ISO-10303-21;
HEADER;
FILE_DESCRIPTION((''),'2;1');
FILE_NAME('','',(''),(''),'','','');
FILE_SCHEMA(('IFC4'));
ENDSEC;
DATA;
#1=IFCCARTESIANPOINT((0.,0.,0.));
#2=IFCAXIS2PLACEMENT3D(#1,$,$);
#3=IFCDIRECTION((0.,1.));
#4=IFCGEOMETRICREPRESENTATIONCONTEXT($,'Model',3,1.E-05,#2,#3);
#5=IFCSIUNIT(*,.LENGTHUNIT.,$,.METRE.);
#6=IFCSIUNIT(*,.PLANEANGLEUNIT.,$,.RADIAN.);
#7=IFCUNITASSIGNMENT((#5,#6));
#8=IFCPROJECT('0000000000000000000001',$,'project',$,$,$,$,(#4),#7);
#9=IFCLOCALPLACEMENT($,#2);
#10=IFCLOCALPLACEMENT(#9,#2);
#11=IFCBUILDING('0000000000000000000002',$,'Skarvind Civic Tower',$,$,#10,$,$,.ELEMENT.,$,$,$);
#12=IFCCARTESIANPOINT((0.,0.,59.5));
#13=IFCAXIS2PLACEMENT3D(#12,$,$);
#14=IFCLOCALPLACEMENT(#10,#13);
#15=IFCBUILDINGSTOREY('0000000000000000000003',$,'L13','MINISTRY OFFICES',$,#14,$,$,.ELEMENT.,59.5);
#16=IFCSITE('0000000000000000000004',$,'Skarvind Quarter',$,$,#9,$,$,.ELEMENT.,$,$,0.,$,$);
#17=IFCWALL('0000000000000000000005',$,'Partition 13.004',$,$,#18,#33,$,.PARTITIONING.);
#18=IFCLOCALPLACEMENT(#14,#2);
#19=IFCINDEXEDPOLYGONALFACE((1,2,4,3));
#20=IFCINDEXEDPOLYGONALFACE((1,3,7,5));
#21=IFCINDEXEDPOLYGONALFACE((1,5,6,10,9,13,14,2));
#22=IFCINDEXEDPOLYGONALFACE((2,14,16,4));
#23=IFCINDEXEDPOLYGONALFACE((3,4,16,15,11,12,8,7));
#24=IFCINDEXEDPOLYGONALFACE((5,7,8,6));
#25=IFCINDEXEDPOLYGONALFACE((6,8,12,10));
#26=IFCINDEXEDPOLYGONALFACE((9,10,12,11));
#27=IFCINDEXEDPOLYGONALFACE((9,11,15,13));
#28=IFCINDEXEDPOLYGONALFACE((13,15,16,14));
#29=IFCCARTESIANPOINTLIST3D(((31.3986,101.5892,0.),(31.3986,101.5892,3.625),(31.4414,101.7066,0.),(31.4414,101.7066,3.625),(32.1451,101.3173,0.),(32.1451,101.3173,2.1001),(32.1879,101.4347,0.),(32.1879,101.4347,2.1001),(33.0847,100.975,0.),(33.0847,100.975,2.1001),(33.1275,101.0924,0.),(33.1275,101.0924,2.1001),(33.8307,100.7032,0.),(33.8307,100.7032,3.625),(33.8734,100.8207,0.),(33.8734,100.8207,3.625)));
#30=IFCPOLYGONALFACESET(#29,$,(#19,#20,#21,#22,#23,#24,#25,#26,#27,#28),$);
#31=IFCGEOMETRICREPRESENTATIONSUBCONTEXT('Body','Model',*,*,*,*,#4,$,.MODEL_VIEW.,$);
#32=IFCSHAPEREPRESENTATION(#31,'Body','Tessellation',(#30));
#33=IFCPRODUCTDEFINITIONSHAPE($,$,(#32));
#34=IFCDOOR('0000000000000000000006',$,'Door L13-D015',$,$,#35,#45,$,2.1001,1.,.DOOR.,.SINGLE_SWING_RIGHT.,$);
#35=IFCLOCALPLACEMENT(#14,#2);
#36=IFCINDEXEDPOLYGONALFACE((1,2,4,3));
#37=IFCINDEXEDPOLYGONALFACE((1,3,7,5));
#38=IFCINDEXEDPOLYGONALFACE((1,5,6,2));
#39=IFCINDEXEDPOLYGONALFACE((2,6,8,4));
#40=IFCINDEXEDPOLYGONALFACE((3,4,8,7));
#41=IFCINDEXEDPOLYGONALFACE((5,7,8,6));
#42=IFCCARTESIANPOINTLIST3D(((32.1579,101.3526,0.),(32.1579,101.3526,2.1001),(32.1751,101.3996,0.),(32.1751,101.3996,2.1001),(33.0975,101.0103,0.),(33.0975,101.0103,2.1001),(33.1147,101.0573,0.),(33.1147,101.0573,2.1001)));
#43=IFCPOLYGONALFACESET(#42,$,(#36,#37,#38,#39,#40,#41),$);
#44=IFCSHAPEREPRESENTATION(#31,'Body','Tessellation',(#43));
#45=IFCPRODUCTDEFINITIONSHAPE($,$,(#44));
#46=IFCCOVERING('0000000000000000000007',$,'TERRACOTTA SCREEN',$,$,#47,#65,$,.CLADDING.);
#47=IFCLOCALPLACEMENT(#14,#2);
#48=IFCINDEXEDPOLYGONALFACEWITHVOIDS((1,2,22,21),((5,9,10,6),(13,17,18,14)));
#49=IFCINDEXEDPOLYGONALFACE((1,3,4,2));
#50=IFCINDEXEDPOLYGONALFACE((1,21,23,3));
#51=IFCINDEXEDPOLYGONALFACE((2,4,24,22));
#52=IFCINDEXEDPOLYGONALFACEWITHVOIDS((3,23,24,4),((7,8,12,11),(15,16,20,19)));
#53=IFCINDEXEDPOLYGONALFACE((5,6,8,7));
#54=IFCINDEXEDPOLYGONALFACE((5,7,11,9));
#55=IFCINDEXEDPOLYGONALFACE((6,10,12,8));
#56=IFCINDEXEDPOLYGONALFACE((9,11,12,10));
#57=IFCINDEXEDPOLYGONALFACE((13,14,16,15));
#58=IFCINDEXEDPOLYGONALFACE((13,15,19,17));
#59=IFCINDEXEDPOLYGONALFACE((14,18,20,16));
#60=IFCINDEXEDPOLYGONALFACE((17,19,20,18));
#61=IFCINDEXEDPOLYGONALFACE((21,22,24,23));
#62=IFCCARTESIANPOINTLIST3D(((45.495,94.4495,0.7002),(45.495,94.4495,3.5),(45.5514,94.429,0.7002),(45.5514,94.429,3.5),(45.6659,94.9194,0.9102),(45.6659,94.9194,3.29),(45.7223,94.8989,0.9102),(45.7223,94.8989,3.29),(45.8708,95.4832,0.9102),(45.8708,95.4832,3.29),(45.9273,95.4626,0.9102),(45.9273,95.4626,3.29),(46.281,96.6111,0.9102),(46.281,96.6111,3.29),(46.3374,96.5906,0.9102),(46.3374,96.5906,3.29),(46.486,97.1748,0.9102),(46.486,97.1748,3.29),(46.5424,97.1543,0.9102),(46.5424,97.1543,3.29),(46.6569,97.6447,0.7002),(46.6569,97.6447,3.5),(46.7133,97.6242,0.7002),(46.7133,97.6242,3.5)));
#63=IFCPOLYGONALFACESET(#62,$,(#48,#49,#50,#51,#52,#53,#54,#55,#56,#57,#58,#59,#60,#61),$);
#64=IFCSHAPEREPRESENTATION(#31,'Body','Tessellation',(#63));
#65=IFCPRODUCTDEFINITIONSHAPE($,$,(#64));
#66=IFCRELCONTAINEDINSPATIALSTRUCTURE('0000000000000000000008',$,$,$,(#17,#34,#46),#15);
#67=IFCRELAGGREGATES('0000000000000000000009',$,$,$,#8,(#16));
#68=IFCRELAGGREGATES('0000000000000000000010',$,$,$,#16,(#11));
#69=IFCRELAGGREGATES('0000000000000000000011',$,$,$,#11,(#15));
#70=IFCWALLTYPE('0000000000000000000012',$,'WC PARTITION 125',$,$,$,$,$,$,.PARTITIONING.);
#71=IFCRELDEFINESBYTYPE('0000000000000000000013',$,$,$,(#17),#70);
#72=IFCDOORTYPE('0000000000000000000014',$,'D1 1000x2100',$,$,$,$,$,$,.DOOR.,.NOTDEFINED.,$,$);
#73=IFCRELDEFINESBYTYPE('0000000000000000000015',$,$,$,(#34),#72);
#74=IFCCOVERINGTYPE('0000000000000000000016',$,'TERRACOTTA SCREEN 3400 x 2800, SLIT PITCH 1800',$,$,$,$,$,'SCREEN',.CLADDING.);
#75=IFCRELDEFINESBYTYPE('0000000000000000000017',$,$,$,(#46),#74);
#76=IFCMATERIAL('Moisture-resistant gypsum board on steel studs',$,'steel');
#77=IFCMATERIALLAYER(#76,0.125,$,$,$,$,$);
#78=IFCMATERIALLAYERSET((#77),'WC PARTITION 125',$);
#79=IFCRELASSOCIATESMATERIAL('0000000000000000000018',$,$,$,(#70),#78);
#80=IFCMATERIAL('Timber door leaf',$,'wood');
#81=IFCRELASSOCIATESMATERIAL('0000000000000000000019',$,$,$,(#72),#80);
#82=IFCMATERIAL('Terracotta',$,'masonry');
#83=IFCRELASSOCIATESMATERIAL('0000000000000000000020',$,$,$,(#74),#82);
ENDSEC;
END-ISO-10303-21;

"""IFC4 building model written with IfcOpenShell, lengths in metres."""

from ifc_helpers import new_model, si_unit, direction, frame, frame_2d, origin, place, context, subcontext, project, spatial, polyline, rectangle, outline, extrude, material, layer, layer_set, material_profile, profile_set, type_object, element, fill, save


model = new_model("IFC4")

# Units and contexts
model_context = context("Model", 3, precision=1e-05, world=origin(), true_north=direction((0.0, 1.0)))
body_context = subcontext(model_context, "Body", "Model", "MODEL_VIEW")
ifc_project = project(units=[si_unit("LENGTHUNIT", "METRE"), si_unit("PLANEANGLEUNIT", "RADIAN")], contexts=[model_context])

# Site, building, storey
site_placement = place(None, origin())
site = spatial("IfcSite", under=ifc_project, at=site_placement, Name="Skarvind Quarter", CompositionType="ELEMENT", RefElevation=0.0)
building_placement = place(site_placement, origin())
building = spatial("IfcBuilding", under=site, at=building_placement, Name="Skarvind Civic Tower", CompositionType="ELEMENT")
storey_placement = place(building_placement, frame((0.0, 0.0, 59.5)))
storey = spatial("IfcBuildingStorey", under=building, at=storey_placement, Name="L13", Description="MINISTRY OFFICES", CompositionType="ELEMENT", Elevation=59.5)

# Wall, opening, door
ifc_material_1 = material(Name="Moisture-resistant gypsum board on steel studs", Category="steel")
ifc_layer_1 = layer(ifc_material_1, 0.125)
ifc_layer_set_1 = layer_set([ifc_layer_1], Name="WC PARTITION 125")
wall_type_1 = type_object("IfcWallType", Name="WC PARTITION 125", PredefinedType="PARTITIONING", material=ifc_layer_set_1)
wall_1_placement = place(storey_placement, frame((33.8521, 100.762, 0.0), z_axis=(0.0, 0.0, 1.0), x_axis=(-0.939598, 0.342281, 0.0)))
wall_1 = element("IfcWall", 1, at=wall_1_placement, inside=storey, type_object=wall_type_1, Name="Partition 13.004", PredefinedType="PARTITIONING", context=body_context, shape_type="SweptSolid", body=[
    extrude(rectangle(XDim=2.5884, YDim=0.125, at=frame_2d((1.2942, 0.0))), origin(), (0.0, 0.0, 1.0), 3.625),
])
opening_1_placement = place(wall_1_placement, frame((0.7939, 0.0, 0.0)))
opening_1 = element("IfcOpeningElement", 2, at=opening_1_placement, cuts=wall_1, PredefinedType="OPENING", context=body_context, shape_type="SweptSolid", body=[
    extrude(rectangle(XDim=1.0, YDim=2.1001, at=frame_2d((0.5, 1.05))), frame((0.0, 0.0725, 0.0), z_axis=(0.0, -1.0, 0.0), x_axis=(1.0, 0.0, 0.0)), (0.0, 0.0, 1.0), 0.145),
])
ifc_material_2 = material(Name="Timber door leaf", Category="wood")
door_type_1 = type_object("IfcDoorType", Name="D1 1000x2100", OperationType="NOTDEFINED", PredefinedType="DOOR", material=ifc_material_2)
door_1_placement = place(opening_1_placement, origin())
door_1 = element("IfcDoor", 3, at=door_1_placement, inside=storey, type_object=door_type_1, Name="Door L13-D015", OperationType="SINGLE_SWING_RIGHT", OverallHeight=2.1001, OverallWidth=1.0, PredefinedType="DOOR", context=body_context, shape_type="SweptSolid", body=[
    extrude(rectangle(XDim=1.0, YDim=2.1001, at=frame_2d((0.5, 1.05))), frame((0.0, 0.0249, 0.0), z_axis=(0.0, -1.0, 0.0), x_axis=(1.0, 0.0, 0.0)), (0.0, 0.0, 1.0), 0.05),
])
fill(opening_1, door_1)

# Covering
ifc_material_3 = material(Name="Terracotta", Category="masonry")
ifc_material_profile_1 = material_profile(ifc_material_3, outline(polyline([(-1.7, -1.3999), (1.7, -1.3999), (1.7, 1.3999), (-1.7, 1.3999), (-1.7, -1.3999)]), holes=[polyline([(-1.2, -1.1899), (-0.6001, -1.1899), (-0.6001, 1.1899), (-1.2, 1.1899), (-1.2, -1.1899)]), polyline([(0.6001, -1.1899), (1.2, -1.1899), (1.2, 1.1899), (0.6001, 1.1899), (0.6001, -1.1899)])]), Name="TERRACOTTA SCREEN 3400 x 2800, SLIT PITCH 1800")
ifc_profile_set_1 = profile_set([ifc_material_profile_1], Name="Terracotta")
covering_type = type_object("IfcCoveringType", Name="TERRACOTTA SCREEN 3400 x 2800, SLIT PITCH 1800", ElementType="SCREEN", PredefinedType="CLADDING", material=ifc_profile_set_1)
covering_placement = place(storey_placement, frame((46.0759, 96.0471, 2.1001), z_axis=(0.939793, -0.341743, 0.0), x_axis=(0.341743, 0.939793, 0.0)))
element("IfcCovering", 4, at=covering_placement, inside=storey, type_object=covering_type, Name="TERRACOTTA SCREEN", PredefinedType="CLADDING", context=body_context, shape_type="SweptSolid", body=[
    extrude(outline(polyline([(-1.7, -1.3999), (1.7, -1.3999), (1.7, 1.3999), (-1.7, 1.3999), (-1.7, -1.3999)]), holes=[polyline([(-1.2, -1.1899), (-0.6001, -1.1899), (-0.6001, 1.1899), (-1.2, 1.1899), (-1.2, -1.1899)]), polyline([(0.6001, -1.1899), (1.2, -1.1899), (1.2, 1.1899), (0.6001, 1.1899), (0.6001, -1.1899)])]), origin(), (0.0, 0.0, 1.0), 0.0601),
])

save(model, "model.ifc")
